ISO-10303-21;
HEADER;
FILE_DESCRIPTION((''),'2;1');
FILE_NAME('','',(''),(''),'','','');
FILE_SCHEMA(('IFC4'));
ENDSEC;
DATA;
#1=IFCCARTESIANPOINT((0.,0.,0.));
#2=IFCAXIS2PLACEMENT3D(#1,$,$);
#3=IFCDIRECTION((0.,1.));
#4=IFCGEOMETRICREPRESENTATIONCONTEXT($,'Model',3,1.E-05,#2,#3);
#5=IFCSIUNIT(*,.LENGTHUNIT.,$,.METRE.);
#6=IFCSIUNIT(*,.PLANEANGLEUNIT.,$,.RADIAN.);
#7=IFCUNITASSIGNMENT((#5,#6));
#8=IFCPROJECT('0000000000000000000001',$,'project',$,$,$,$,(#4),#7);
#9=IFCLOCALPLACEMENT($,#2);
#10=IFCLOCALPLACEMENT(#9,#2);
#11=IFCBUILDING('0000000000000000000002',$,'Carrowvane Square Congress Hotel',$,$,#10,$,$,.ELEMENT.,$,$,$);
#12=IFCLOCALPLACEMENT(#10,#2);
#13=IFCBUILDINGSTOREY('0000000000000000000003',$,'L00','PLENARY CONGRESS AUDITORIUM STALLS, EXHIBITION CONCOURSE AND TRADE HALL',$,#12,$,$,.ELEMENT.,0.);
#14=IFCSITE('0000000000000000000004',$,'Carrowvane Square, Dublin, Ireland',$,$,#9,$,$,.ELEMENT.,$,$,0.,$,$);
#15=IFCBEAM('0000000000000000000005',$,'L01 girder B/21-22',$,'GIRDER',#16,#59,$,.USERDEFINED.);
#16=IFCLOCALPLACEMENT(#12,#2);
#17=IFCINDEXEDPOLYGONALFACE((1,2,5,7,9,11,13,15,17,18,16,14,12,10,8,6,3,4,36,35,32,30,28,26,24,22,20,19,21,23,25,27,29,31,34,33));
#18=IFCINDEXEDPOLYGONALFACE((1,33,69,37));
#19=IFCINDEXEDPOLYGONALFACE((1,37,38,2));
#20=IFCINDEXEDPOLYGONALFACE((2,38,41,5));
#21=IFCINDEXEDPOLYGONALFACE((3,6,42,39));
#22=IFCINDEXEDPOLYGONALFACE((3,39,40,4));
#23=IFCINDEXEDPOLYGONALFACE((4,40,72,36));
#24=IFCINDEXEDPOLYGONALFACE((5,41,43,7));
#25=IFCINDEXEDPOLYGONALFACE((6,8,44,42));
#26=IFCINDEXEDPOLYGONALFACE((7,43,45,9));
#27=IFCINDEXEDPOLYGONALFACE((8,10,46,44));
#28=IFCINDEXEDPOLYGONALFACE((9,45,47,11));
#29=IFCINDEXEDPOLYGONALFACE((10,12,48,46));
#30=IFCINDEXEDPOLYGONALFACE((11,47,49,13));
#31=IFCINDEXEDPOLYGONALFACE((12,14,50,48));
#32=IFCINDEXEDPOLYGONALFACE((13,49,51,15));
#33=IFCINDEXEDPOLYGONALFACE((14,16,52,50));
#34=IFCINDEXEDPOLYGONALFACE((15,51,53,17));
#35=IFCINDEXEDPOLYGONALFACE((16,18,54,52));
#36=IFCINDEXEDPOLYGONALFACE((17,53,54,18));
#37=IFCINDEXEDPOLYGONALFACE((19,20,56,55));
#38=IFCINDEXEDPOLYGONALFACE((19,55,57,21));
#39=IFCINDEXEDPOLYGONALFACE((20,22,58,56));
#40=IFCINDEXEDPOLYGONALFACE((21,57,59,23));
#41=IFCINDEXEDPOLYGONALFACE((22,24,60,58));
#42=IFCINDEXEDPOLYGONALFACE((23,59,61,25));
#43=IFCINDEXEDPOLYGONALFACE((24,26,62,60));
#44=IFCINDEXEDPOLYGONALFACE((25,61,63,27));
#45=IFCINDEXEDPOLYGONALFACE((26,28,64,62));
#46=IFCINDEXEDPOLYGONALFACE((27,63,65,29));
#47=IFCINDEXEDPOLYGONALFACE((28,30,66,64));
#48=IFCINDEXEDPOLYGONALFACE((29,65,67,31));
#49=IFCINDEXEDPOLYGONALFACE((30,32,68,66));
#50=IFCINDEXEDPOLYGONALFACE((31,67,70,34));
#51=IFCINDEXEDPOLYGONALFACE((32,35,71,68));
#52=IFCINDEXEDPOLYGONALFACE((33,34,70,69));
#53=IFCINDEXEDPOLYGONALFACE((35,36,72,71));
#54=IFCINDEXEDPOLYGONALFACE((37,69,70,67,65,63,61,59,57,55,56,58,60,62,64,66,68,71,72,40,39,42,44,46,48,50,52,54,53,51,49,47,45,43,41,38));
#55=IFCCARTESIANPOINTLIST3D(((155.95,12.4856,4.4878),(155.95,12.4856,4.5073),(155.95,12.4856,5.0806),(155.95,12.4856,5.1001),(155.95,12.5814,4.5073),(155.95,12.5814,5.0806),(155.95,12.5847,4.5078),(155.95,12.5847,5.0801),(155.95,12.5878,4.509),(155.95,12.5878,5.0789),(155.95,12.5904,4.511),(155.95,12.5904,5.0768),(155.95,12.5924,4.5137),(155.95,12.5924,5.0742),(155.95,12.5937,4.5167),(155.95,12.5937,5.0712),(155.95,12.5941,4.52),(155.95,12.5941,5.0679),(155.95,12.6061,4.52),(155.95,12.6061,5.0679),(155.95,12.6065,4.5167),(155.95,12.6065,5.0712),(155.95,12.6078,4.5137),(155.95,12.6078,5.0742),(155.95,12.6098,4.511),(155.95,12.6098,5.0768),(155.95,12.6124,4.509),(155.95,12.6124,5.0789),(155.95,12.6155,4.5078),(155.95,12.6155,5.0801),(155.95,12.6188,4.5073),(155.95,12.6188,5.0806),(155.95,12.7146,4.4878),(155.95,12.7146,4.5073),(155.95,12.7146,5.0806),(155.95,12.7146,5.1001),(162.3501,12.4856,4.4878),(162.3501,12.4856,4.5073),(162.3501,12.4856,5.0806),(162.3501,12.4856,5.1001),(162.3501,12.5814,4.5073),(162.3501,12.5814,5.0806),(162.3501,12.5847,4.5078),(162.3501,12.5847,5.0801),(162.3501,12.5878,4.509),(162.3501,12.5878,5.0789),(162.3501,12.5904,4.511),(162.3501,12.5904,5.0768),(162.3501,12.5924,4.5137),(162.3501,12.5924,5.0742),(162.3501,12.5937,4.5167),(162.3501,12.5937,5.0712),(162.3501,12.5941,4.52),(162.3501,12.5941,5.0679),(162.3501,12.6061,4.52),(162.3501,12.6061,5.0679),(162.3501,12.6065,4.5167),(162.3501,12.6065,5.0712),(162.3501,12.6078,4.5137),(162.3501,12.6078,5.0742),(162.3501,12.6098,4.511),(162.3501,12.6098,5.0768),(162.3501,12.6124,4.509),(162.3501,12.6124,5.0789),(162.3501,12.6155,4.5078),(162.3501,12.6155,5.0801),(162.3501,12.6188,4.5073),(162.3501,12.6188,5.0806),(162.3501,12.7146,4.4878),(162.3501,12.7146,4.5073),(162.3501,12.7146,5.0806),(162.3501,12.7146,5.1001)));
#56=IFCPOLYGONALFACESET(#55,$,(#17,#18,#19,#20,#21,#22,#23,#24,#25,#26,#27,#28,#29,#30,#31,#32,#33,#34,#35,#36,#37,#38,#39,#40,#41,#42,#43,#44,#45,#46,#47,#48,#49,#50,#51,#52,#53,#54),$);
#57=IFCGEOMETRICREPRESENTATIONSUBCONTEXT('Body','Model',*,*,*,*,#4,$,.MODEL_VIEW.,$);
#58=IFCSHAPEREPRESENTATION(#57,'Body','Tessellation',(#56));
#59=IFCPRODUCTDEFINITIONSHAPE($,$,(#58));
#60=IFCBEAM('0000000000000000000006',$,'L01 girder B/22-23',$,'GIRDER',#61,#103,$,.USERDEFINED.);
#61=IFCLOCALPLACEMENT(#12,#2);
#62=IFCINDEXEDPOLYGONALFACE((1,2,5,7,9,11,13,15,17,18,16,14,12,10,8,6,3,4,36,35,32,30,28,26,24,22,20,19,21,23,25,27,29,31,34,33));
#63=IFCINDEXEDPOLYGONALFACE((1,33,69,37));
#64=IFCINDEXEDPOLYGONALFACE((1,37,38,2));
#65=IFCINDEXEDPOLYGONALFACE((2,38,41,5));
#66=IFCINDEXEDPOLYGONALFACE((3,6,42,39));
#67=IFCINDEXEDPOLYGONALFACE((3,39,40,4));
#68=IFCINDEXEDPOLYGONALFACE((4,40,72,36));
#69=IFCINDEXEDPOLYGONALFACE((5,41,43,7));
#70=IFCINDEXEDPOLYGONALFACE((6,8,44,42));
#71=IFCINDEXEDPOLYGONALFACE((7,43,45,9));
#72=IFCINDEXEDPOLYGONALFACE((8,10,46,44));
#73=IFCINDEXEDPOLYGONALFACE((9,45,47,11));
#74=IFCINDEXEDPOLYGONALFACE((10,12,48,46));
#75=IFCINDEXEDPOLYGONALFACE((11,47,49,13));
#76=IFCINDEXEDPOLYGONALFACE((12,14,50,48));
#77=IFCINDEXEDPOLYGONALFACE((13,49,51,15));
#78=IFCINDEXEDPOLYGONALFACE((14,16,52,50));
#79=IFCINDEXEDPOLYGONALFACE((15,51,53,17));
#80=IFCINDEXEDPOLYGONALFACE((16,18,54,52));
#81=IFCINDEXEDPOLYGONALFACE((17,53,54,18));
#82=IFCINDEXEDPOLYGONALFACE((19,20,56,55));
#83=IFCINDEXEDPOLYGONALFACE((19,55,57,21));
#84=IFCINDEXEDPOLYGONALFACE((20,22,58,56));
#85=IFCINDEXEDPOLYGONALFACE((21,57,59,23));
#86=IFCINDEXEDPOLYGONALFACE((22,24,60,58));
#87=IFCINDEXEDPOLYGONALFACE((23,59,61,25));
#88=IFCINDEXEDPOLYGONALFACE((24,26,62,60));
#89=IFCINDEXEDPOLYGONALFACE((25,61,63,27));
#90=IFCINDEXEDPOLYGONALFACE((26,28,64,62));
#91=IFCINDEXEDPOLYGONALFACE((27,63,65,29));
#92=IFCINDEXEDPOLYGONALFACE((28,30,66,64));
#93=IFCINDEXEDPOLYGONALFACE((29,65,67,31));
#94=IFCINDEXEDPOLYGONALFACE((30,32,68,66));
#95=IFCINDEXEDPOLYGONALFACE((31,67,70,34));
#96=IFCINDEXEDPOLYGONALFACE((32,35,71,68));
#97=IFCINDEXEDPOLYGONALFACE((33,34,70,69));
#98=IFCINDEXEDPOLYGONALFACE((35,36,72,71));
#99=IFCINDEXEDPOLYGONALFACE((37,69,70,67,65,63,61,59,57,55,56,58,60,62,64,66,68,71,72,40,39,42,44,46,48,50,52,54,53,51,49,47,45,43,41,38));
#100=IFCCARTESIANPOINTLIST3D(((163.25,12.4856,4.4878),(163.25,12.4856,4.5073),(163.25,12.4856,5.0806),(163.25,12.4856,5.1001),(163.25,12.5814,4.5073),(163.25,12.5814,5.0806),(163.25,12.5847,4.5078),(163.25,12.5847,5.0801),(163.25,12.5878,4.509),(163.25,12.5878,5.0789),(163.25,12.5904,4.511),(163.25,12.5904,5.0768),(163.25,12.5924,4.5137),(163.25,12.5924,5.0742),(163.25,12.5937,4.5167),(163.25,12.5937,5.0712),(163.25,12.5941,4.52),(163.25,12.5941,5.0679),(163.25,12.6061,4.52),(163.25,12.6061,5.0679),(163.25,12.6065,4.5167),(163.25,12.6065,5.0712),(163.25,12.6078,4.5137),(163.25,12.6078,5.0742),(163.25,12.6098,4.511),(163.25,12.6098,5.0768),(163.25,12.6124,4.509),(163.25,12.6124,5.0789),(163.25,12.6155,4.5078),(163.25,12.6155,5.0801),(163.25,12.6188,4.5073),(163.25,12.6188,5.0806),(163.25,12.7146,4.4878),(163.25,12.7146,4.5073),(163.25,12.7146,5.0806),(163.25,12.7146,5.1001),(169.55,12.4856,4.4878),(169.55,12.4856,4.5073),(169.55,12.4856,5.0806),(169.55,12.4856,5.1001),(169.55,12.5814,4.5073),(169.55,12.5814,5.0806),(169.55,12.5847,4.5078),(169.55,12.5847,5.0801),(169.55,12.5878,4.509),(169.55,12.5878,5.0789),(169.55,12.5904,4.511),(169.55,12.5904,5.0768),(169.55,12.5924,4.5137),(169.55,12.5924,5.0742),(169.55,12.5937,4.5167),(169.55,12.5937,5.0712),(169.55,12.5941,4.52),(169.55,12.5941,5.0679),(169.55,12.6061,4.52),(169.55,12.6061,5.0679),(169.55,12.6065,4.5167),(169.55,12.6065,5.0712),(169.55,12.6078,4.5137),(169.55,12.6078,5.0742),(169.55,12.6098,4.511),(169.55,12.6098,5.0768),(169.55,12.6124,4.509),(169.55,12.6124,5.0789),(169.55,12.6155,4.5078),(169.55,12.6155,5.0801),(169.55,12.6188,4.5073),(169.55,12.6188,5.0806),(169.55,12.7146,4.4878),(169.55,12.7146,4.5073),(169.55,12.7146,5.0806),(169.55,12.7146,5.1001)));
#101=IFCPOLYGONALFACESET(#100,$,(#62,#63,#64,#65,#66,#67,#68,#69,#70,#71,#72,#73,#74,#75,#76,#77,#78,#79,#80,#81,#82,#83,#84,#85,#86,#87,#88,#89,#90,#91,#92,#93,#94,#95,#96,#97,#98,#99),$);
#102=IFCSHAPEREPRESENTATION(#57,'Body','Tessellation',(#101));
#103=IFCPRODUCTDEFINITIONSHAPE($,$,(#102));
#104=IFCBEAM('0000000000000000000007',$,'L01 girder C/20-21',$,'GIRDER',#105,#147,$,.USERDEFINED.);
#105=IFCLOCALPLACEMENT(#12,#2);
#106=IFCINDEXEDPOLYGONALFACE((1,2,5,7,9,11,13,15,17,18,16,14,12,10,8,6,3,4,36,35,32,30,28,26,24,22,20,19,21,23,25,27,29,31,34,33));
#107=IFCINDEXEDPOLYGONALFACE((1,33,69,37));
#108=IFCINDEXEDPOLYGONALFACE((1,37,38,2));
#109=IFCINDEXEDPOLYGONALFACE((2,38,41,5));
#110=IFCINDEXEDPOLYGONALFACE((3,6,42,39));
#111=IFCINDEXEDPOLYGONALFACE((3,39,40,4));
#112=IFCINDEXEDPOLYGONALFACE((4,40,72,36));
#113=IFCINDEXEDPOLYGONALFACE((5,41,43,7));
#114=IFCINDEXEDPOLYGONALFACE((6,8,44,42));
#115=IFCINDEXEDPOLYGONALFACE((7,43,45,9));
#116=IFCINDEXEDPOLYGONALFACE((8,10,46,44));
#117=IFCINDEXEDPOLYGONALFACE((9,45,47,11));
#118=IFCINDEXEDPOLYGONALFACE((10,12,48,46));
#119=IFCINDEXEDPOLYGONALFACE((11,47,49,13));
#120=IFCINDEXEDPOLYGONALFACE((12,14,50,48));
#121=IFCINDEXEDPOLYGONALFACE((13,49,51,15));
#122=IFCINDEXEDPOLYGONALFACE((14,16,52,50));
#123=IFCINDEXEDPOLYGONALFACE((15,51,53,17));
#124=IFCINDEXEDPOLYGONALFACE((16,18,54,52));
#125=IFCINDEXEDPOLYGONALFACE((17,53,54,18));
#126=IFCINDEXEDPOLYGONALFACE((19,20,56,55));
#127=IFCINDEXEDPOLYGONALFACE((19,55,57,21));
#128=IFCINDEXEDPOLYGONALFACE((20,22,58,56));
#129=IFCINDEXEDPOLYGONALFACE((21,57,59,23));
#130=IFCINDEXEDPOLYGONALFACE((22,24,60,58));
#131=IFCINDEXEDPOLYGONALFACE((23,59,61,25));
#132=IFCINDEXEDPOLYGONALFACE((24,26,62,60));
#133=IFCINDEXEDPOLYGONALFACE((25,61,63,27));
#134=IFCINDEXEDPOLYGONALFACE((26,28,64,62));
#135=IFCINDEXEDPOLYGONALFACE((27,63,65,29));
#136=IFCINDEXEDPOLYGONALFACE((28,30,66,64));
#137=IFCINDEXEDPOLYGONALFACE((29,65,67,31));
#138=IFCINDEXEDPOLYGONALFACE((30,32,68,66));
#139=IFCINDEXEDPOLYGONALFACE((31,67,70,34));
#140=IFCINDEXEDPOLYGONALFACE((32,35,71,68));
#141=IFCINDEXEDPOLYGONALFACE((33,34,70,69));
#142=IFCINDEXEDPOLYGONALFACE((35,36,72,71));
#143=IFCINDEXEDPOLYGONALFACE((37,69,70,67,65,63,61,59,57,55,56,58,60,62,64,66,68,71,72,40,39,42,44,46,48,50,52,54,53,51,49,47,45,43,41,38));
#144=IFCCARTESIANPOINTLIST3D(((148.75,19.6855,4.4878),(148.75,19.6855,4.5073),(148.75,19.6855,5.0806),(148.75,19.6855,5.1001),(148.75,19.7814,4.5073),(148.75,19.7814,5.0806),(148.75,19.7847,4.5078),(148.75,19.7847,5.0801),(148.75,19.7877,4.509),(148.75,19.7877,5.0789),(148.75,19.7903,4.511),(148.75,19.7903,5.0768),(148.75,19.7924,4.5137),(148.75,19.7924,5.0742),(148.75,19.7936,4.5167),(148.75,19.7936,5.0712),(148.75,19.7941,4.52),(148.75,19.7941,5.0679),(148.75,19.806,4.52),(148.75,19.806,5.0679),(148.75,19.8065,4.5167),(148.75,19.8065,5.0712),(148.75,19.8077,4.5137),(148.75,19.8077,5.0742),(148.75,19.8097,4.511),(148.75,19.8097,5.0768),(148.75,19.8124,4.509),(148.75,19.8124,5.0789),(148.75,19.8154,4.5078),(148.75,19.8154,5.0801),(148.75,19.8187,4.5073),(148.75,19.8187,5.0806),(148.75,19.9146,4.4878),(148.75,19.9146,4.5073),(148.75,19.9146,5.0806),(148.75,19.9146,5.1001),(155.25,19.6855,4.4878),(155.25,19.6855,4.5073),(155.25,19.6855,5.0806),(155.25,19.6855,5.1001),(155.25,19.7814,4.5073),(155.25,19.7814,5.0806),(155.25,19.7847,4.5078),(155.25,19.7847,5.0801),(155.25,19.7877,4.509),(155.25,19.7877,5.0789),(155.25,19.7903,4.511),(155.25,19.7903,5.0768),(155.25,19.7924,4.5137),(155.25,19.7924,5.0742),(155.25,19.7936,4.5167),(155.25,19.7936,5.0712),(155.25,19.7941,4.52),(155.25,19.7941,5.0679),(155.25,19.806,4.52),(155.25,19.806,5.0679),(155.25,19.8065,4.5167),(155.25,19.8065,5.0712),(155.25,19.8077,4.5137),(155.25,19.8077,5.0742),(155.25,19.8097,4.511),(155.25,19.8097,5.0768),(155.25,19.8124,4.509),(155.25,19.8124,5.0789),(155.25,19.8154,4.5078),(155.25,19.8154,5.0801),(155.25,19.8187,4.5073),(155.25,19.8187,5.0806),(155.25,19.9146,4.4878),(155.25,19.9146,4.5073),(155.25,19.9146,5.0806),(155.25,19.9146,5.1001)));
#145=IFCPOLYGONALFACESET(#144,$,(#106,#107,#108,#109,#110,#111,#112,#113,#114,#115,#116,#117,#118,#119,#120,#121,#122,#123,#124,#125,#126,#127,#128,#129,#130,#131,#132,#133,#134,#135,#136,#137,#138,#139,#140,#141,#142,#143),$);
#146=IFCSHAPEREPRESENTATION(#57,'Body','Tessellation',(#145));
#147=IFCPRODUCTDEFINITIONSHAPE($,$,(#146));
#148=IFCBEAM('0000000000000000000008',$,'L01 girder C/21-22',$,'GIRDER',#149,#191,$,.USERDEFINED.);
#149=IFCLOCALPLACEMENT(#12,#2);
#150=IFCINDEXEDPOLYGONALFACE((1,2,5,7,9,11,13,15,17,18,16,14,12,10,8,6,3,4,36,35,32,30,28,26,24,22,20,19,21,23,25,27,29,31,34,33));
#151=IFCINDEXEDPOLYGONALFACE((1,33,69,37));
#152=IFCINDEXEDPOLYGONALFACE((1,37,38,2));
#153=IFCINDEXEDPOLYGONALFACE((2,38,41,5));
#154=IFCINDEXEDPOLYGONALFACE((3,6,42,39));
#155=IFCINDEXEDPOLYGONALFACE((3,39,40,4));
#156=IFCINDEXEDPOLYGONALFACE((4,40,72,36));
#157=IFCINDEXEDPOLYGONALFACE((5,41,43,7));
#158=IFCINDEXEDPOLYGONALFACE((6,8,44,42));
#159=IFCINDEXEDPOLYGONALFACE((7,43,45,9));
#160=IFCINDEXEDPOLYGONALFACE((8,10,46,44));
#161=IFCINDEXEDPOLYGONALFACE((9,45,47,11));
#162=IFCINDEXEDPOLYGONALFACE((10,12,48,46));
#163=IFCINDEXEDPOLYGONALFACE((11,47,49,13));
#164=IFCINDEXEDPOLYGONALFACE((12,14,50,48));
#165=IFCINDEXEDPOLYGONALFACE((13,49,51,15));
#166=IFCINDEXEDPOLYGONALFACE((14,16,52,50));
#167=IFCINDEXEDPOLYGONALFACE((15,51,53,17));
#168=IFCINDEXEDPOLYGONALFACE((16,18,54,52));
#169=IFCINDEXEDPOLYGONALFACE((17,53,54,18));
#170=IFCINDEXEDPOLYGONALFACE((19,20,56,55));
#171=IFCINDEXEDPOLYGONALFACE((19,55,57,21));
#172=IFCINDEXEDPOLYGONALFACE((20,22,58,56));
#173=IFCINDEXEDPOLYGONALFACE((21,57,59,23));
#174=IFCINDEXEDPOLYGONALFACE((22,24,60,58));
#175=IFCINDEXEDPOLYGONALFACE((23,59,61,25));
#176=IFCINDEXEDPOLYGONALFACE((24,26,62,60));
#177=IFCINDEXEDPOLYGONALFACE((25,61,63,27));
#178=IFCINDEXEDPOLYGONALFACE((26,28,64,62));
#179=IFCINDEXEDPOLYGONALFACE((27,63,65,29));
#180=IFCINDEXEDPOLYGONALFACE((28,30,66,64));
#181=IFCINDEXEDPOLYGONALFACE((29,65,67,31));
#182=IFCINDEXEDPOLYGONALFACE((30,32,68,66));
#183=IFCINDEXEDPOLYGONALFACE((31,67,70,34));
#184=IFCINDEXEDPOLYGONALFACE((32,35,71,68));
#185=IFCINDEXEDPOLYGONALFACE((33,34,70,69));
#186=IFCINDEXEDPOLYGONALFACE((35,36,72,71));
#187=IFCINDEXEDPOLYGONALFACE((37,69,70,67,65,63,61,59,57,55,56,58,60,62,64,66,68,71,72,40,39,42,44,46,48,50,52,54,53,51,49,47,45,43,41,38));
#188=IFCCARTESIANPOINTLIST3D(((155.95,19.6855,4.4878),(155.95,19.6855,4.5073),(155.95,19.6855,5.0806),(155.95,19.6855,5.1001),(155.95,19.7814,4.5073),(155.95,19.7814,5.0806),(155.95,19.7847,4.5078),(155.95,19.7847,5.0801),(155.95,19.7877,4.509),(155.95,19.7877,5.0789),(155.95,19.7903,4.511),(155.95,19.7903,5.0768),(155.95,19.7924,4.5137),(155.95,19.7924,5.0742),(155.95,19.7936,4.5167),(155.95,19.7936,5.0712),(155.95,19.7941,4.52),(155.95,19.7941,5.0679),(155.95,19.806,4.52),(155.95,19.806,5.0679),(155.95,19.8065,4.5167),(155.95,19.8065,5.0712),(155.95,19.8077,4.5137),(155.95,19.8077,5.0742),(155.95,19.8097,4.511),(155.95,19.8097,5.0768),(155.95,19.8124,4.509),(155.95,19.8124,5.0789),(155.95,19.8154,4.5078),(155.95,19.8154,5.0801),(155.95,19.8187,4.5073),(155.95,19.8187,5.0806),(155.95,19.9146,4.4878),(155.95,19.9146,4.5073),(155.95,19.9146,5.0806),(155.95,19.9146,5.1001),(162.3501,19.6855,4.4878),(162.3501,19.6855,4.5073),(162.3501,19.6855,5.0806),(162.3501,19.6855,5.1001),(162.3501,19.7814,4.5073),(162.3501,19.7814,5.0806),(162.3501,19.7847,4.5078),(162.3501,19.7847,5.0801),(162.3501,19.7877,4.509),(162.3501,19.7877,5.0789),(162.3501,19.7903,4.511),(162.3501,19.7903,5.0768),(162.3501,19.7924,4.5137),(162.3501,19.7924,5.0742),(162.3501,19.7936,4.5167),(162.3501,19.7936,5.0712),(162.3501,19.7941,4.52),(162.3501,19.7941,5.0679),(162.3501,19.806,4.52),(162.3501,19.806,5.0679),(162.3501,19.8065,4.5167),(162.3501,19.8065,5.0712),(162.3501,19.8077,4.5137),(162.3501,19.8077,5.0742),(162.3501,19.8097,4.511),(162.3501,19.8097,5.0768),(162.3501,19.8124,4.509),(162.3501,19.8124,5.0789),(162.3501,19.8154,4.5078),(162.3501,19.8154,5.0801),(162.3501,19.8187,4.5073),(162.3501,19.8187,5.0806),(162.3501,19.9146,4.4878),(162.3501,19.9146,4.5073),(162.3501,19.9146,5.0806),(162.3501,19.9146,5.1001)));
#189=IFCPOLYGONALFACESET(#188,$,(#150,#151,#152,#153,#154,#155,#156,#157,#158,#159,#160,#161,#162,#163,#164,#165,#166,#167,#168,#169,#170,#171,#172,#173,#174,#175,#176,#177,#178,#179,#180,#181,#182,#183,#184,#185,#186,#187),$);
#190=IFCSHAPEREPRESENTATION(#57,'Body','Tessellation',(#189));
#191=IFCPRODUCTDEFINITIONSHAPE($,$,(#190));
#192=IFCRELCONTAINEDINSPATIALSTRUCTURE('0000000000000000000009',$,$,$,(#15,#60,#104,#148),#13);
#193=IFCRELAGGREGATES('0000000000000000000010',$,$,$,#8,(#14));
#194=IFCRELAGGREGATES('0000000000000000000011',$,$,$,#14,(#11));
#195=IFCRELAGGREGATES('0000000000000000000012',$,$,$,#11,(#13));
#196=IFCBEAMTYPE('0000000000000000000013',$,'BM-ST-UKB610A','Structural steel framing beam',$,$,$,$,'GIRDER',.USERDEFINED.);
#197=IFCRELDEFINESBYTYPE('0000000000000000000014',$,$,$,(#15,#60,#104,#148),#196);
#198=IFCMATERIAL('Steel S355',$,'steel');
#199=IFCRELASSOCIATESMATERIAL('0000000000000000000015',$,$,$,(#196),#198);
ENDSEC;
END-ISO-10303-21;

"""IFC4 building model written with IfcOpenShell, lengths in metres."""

from ifc_helpers import new_model, si_unit, direction, frame, origin, origin_2d, place, context, subcontext, project, spatial, i_section, extrude, material, material_profile, profile_set, type_object, element, save


model = new_model("IFC4")

# Units and contexts
model_context = context("Model", 3, precision=1e-05, world=origin(), true_north=direction((0.0, 1.0)))
body_context = subcontext(model_context, "Body", "Model", "MODEL_VIEW")
ifc_project = project(units=[si_unit("LENGTHUNIT", "METRE"), si_unit("PLANEANGLEUNIT", "RADIAN")], contexts=[model_context])

# Site, building, storey
site_placement = place(None, origin())
site = spatial("IfcSite", under=ifc_project, at=site_placement, Name="Carrowvane Square, Dublin, Ireland", CompositionType="ELEMENT", RefElevation=0.0)
building_placement = place(site_placement, origin())
building = spatial("IfcBuilding", under=site, at=building_placement, Name="Carrowvane Square Congress Hotel", CompositionType="ELEMENT")
storey_placement = place(building_placement, origin())
storey = spatial("IfcBuildingStorey", under=building, at=storey_placement, Name="L00", Description="PLENARY CONGRESS AUDITORIUM STALLS, EXHIBITION CONCOURSE AND TRADE HALL", CompositionType="ELEMENT", Elevation=0.0)

# Beams
ifc_material_1 = material(Name="Steel S355", Category="steel")
ifc_material_profile_1 = material_profile(ifc_material_1, i_section(OverallWidth=0.229, OverallDepth=0.6123, WebThickness=0.012, FlangeThickness=0.0195, FilletRadius=0.0127, at=origin_2d()), Name="UKB 610x229x125")
ifc_profile_set_1 = profile_set([ifc_material_profile_1], Name="Steel S355")
beam_type_1 = type_object("IfcBeamType", Name="BM-ST-UKB610A", Description="Structural steel framing beam", ElementType="GIRDER", PredefinedType="USERDEFINED", material=ifc_profile_set_1)
beam_1_placement = place(storey_placement, frame((155.95, 12.6001, 4.7939), z_axis=(1.0, 0.0, 0.0), x_axis=(0.0, 1.0, 0.0)))
element("IfcBeam", 1, at=beam_1_placement, inside=storey, type_object=beam_type_1, Name="L01 girder B/21-22", ObjectType="GIRDER", PredefinedType="USERDEFINED", context=body_context, shape_type="SweptSolid", body=[
    extrude(i_section(OverallWidth=0.229, OverallDepth=0.6123, WebThickness=0.012, FlangeThickness=0.0195, FilletRadius=0.0127, at=origin_2d()), origin(), (0.0, 0.0, 1.0), 6.4001),
])
beam_2_placement = place(storey_placement, frame((163.25, 12.6001, 4.7939), z_axis=(1.0, 0.0, 0.0), x_axis=(0.0, 1.0, 0.0)))
element("IfcBeam", 2, at=beam_2_placement, inside=storey, type_object=beam_type_1, Name="L01 girder B/22-23", ObjectType="GIRDER", PredefinedType="USERDEFINED", context=body_context, shape_type="SweptSolid", body=[
    extrude(i_section(OverallWidth=0.229, OverallDepth=0.6123, WebThickness=0.012, FlangeThickness=0.0195, FilletRadius=0.0127, at=origin_2d()), origin(), (0.0, 0.0, 1.0), 6.3),
])
beam_3_placement = place(storey_placement, frame((148.75, 19.8, 4.7939), z_axis=(1.0, 0.0, 0.0), x_axis=(0.0, 1.0, 0.0)))
element("IfcBeam", 3, at=beam_3_placement, inside=storey, type_object=beam_type_1, Name="L01 girder C/20-21", ObjectType="GIRDER", PredefinedType="USERDEFINED", context=body_context, shape_type="SweptSolid", body=[
    extrude(i_section(OverallWidth=0.229, OverallDepth=0.6123, WebThickness=0.012, FlangeThickness=0.0195, FilletRadius=0.0127, at=origin_2d()), origin(), (0.0, 0.0, 1.0), 6.5),
])
beam_4_placement = place(storey_placement, frame((155.95, 19.8, 4.7939), z_axis=(1.0, 0.0, 0.0), x_axis=(0.0, 1.0, 0.0)))
element("IfcBeam", 4, at=beam_4_placement, inside=storey, type_object=beam_type_1, Name="L01 girder C/21-22", ObjectType="GIRDER", PredefinedType="USERDEFINED", context=body_context, shape_type="SweptSolid", body=[
    extrude(i_section(OverallWidth=0.229, OverallDepth=0.6123, WebThickness=0.012, FlangeThickness=0.0195, FilletRadius=0.0127, at=origin_2d()), origin(), (0.0, 0.0, 1.0), 6.4001),
])

save(model, "model.ifc")
